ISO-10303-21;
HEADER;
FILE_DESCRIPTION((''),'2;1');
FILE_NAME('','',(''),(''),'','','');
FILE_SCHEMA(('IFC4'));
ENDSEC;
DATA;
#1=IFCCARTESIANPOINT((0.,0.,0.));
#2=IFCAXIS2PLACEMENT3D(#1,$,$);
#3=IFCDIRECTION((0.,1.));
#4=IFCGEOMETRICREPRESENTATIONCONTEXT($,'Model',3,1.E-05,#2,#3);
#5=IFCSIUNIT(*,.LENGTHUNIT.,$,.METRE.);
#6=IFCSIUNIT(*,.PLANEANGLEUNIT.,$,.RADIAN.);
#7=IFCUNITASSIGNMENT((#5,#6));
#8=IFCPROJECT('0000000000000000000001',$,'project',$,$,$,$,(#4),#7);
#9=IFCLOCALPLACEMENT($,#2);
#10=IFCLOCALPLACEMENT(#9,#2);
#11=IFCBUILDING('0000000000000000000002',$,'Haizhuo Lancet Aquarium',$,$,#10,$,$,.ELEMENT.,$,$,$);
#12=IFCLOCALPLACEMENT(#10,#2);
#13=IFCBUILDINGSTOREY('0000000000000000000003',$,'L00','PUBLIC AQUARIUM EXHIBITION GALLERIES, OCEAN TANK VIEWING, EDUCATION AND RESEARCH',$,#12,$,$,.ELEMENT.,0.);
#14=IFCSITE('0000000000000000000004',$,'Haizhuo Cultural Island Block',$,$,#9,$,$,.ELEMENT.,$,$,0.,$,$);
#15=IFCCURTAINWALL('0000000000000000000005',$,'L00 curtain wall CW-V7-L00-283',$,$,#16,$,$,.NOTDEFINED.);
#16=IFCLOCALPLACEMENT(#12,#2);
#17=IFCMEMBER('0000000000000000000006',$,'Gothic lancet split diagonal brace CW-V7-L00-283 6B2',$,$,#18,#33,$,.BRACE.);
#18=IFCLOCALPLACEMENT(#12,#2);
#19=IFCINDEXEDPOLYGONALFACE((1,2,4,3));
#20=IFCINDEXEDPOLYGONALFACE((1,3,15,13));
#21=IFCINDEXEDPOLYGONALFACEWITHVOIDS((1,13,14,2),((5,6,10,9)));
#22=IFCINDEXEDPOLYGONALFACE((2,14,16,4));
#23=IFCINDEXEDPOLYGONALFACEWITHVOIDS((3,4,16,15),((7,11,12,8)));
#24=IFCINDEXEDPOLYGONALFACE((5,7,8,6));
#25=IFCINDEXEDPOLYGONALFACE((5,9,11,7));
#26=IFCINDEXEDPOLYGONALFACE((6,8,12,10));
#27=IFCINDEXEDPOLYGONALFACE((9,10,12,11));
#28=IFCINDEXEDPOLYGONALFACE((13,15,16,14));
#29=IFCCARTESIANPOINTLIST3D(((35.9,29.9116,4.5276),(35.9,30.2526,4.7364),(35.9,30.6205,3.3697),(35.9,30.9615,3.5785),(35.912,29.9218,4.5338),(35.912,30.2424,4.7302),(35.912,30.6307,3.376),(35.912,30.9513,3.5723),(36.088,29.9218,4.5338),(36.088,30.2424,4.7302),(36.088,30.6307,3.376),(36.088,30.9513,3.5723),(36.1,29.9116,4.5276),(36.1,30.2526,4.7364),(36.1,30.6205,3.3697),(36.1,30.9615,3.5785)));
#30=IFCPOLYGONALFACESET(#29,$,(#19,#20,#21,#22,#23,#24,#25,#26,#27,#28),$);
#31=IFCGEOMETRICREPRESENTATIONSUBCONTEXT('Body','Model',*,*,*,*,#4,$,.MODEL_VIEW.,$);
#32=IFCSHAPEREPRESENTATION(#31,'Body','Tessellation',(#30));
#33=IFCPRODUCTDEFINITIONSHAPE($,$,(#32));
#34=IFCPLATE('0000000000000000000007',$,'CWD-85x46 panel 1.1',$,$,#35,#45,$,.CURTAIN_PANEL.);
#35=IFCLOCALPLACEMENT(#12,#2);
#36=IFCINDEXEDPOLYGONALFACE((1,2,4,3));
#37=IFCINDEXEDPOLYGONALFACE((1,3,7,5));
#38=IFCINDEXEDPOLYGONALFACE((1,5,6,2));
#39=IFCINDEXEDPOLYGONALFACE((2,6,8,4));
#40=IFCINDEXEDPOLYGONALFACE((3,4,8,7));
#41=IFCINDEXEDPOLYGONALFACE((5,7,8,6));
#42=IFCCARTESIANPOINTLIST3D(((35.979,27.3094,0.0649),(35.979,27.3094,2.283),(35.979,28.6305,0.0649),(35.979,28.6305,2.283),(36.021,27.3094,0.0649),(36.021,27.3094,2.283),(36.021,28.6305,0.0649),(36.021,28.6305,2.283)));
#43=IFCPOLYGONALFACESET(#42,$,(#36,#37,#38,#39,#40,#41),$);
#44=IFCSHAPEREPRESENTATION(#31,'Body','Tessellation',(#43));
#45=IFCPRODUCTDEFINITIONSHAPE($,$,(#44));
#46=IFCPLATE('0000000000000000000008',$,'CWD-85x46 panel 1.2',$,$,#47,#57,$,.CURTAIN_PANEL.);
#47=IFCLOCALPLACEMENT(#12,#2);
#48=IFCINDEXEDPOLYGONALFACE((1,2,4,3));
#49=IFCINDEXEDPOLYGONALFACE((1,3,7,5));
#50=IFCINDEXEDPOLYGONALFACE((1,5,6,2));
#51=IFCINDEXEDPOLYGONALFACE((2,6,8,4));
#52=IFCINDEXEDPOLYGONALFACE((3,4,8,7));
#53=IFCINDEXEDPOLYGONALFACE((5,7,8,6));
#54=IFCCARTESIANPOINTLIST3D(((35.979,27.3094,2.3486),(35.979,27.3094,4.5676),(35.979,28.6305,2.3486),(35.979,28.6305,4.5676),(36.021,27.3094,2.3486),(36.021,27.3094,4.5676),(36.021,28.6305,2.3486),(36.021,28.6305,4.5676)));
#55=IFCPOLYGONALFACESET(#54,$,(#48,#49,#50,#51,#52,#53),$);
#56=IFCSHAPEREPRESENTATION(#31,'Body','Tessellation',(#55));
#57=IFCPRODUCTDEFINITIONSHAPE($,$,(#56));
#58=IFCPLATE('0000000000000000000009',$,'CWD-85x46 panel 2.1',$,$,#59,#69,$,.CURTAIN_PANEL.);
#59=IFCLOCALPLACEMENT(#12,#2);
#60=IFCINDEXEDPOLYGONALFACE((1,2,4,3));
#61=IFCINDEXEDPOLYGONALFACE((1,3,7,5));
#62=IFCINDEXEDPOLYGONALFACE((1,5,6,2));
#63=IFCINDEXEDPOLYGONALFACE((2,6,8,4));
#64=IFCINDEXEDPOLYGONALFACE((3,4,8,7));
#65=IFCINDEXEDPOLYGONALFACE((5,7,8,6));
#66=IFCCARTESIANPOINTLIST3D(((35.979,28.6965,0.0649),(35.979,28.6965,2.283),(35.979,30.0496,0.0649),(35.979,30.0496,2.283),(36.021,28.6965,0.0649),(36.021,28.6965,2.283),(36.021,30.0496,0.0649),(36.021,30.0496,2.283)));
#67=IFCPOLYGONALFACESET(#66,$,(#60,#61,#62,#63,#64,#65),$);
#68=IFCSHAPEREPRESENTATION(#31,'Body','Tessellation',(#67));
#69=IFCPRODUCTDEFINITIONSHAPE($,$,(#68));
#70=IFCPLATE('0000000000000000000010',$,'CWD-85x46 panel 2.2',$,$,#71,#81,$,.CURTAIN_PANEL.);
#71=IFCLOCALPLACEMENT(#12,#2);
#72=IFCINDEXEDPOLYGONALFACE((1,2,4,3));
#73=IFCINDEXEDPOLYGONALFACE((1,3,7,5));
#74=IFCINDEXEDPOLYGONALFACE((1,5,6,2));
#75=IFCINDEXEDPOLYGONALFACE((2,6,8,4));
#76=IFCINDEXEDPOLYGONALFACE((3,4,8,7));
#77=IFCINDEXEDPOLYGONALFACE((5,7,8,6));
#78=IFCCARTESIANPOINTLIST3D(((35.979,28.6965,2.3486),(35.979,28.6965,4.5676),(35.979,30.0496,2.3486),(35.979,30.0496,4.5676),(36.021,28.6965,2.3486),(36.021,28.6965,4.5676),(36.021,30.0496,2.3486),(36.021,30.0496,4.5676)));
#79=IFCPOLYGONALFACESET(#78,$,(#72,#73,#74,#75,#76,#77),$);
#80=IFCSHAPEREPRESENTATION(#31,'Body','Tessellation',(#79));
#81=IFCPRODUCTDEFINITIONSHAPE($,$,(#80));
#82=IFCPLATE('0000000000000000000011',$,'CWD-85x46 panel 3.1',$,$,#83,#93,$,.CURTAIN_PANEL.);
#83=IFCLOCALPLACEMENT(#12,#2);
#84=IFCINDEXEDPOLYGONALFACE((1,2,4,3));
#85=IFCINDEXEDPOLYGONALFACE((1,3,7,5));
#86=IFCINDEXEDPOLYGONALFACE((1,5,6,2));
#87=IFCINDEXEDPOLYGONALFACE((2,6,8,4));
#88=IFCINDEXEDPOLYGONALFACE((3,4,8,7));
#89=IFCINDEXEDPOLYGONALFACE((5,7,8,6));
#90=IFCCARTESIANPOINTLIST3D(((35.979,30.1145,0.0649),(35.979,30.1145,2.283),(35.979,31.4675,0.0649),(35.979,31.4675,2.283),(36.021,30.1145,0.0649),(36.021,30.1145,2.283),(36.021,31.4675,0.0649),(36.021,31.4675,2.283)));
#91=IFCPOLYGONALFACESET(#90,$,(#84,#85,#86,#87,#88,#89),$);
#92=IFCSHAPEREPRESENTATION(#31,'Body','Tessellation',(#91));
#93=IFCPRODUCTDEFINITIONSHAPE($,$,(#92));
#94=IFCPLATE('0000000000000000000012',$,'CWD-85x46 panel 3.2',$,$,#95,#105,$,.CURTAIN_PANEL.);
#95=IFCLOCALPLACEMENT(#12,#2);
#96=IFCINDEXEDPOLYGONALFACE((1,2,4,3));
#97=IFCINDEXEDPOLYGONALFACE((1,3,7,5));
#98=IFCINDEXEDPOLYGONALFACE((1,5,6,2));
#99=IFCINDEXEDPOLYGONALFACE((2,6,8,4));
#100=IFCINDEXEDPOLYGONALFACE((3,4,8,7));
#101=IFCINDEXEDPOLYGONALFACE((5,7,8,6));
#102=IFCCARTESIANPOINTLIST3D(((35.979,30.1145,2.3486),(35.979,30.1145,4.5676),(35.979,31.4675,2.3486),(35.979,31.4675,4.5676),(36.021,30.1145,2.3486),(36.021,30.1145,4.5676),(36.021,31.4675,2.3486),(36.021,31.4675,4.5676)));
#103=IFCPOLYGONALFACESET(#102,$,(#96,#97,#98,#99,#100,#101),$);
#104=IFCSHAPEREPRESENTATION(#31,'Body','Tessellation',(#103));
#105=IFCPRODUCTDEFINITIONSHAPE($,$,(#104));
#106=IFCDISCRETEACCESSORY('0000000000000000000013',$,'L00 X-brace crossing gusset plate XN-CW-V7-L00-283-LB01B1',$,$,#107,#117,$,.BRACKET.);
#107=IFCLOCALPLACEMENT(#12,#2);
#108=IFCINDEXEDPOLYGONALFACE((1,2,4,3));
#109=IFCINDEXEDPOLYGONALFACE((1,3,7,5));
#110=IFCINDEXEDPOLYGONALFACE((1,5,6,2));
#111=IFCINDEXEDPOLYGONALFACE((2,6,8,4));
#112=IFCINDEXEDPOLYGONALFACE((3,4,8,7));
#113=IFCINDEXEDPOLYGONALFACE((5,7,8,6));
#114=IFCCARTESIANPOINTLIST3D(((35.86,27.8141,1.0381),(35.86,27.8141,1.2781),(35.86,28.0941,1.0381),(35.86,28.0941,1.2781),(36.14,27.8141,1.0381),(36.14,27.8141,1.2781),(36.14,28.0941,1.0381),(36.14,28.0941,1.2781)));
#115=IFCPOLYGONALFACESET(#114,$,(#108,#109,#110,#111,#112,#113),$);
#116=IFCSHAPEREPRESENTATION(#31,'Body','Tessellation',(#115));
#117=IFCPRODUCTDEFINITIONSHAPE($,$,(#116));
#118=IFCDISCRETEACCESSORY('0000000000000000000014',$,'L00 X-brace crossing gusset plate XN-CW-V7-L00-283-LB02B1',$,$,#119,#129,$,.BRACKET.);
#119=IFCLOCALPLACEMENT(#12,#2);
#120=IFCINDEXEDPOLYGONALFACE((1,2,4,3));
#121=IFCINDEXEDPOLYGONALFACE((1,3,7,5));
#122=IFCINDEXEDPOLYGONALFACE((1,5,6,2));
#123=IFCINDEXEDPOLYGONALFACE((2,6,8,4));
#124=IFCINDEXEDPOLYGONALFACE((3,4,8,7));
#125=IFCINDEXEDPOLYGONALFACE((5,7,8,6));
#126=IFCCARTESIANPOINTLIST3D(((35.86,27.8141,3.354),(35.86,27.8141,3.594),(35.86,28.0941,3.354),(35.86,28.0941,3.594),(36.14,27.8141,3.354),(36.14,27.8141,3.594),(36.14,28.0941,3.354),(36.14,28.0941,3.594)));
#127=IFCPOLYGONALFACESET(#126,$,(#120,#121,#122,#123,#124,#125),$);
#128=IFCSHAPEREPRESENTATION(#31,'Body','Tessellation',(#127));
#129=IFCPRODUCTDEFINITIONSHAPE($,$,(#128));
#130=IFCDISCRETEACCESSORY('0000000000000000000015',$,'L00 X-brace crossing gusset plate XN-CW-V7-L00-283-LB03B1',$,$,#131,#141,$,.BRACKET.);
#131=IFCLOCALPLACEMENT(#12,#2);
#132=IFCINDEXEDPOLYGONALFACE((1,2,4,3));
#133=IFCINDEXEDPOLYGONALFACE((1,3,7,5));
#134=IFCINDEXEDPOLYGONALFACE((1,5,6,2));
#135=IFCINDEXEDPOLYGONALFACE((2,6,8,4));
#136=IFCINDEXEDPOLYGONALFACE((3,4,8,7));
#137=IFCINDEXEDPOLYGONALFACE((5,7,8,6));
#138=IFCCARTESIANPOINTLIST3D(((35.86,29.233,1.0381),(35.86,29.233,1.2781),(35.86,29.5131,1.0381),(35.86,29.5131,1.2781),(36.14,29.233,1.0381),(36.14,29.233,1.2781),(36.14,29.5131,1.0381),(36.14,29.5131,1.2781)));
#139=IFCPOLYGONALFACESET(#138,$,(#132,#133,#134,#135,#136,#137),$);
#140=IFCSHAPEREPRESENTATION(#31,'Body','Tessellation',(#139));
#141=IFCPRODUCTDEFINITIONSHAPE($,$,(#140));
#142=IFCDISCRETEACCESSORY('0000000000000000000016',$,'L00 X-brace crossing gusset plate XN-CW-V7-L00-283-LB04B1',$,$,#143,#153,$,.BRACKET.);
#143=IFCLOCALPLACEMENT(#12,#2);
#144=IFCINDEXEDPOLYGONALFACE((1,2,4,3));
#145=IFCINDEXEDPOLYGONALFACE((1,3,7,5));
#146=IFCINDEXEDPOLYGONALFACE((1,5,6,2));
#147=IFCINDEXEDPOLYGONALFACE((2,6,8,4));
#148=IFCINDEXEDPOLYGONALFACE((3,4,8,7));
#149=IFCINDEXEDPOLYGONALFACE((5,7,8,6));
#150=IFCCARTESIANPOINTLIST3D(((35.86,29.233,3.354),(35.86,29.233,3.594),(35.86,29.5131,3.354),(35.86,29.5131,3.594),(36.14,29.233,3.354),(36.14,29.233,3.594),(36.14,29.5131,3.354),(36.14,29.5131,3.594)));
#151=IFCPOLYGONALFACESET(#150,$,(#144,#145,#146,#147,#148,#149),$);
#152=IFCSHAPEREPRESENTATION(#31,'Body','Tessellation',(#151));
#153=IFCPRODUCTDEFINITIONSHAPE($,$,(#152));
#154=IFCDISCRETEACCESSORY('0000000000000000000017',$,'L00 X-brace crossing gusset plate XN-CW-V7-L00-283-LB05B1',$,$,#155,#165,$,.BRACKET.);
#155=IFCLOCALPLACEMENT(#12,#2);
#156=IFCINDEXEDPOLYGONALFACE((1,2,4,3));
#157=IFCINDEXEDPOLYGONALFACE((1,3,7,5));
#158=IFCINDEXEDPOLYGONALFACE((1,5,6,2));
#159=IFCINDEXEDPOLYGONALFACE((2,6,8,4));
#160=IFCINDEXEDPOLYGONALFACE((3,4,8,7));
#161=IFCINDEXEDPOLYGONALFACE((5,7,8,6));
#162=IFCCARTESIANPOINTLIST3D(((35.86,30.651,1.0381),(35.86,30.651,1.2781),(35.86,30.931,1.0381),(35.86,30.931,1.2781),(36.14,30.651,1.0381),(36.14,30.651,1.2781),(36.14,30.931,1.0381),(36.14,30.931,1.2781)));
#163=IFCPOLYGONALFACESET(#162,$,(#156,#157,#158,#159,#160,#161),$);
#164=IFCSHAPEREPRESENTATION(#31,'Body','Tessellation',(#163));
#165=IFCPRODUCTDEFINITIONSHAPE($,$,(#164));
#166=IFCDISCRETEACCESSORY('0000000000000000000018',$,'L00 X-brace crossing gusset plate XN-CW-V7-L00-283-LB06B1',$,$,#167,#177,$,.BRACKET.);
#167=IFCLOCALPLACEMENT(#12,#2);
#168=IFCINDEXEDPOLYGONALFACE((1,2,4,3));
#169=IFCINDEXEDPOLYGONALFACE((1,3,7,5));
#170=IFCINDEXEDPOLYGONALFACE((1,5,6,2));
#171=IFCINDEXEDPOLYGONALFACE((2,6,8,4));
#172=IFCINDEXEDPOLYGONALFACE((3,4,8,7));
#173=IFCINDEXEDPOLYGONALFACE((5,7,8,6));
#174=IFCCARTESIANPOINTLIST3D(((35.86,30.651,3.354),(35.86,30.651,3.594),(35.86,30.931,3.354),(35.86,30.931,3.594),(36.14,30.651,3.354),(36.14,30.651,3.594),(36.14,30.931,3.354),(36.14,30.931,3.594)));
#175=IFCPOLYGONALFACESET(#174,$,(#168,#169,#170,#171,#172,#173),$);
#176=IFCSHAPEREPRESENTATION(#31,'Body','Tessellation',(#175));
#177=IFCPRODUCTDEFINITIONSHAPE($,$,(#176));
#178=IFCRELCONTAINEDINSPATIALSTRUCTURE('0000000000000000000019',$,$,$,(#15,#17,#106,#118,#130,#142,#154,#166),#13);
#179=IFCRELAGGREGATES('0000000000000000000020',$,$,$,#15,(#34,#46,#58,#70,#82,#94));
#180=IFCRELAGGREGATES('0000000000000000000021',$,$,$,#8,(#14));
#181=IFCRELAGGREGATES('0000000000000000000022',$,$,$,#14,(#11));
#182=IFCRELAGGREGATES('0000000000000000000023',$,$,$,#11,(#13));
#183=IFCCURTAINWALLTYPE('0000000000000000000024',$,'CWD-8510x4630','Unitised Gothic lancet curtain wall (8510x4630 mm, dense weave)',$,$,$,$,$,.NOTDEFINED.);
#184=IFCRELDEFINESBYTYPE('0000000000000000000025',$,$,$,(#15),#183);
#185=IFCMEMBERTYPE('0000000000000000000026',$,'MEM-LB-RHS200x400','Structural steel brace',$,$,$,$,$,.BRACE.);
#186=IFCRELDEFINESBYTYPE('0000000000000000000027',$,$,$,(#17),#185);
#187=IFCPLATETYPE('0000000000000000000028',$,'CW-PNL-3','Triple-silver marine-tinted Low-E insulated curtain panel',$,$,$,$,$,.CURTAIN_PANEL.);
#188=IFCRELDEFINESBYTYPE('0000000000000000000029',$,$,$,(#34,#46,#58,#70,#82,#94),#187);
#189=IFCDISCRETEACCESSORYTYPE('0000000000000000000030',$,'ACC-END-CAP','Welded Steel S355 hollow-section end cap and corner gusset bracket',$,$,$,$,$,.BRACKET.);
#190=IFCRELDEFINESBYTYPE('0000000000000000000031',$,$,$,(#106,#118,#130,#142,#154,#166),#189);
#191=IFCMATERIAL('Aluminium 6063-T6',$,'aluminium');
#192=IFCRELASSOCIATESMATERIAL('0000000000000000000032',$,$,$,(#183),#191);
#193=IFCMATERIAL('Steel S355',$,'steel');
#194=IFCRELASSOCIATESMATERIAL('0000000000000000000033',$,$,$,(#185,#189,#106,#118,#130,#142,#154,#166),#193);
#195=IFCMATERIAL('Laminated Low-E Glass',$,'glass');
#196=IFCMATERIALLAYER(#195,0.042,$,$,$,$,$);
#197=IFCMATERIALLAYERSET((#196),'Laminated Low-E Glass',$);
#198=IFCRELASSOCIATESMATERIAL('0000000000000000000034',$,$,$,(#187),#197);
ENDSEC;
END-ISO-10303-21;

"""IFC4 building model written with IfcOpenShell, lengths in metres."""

from ifc_helpers import new_model, si_unit, direction, frame, origin, origin_2d, place, context, subcontext, project, spatial, rectangle, hollow_rectangle, extrude, material, layer, layer_set, material_profile, profile_set, type_object, element, aggregate, save


model = new_model("IFC4")

# Units and contexts
model_context = context("Model", 3, precision=1e-05, world=origin(), true_north=direction((0.0, 1.0)))
body_context = subcontext(model_context, "Body", "Model", "MODEL_VIEW")
ifc_project = project(units=[si_unit("LENGTHUNIT", "METRE"), si_unit("PLANEANGLEUNIT", "RADIAN")], contexts=[model_context])

# Site, building, storey
site_placement = place(None, origin())
site = spatial("IfcSite", under=ifc_project, at=site_placement, Name="Haizhuo Cultural Island Block", CompositionType="ELEMENT", RefElevation=0.0)
building_placement = place(site_placement, origin())
building = spatial("IfcBuilding", under=site, at=building_placement, Name="Haizhuo Lancet Aquarium", CompositionType="ELEMENT")
storey_placement = place(building_placement, origin())
storey = spatial("IfcBuildingStorey", under=building, at=storey_placement, Name="L00", Description="PUBLIC AQUARIUM EXHIBITION GALLERIES, OCEAN TANK VIEWING, EDUCATION AND RESEARCH", CompositionType="ELEMENT", Elevation=0.0)

# Curtain wall
ifc_material_1 = material(Name="Aluminium 6063-T6", Category="aluminium")
curtain_wall_type = type_object("IfcCurtainWallType", Name="CWD-8510x4630", Description="Unitised Gothic lancet curtain wall (8510x4630 mm, dense weave)", PredefinedType="NOTDEFINED", material=ifc_material_1)
curtain_wall_placement = place(storey_placement, origin())
curtain_wall = element("IfcCurtainWall", 1, at=curtain_wall_placement, inside=storey, type_object=curtain_wall_type, Name="L00 curtain wall CW-V7-L00-283", PredefinedType="NOTDEFINED")

# Member
ifc_material_2 = material(Name="Steel S355", Category="steel")
ifc_material_profile_1 = material_profile(ifc_material_2, hollow_rectangle(XDim=0.2, YDim=0.3999, WallThickness=0.012, at=origin_2d()), Name="RHS 200x400x12")
ifc_profile_set_1 = profile_set([ifc_material_profile_1], Name="Steel S355")
member_type_1 = type_object("IfcMemberType", Name="MEM-LB-RHS200x400", Description="Structural steel brace", PredefinedType="BRACE", material=ifc_profile_set_1)
member_1_placement = place(storey_placement, frame((36.0, 30.791, 3.4741), z_axis=(0.0, -0.52217, 0.852841), x_axis=(1.0, 0.0, 0.0)))
element("IfcMember", 2, at=member_1_placement, inside=storey, type_object=member_type_1, Name="Gothic lancet split diagonal brace CW-V7-L00-283 6B2", PredefinedType="BRACE", context=body_context, shape_type="SweptSolid", body=[
    extrude(hollow_rectangle(XDim=0.2, YDim=0.3999, WallThickness=0.012, at=origin_2d()), origin(), (0.0, 0.0, 1.0), 1.3577),
])

# Plates
ifc_material_3 = material(Name="Laminated Low-E Glass", Category="glass")
ifc_layer = layer(ifc_material_3, 0.042)
ifc_layer_set = layer_set([ifc_layer], Name="Laminated Low-E Glass")
plate_type = type_object("IfcPlateType", Name="CW-PNL-3", Description="Triple-silver marine-tinted Low-E insulated curtain panel", PredefinedType="CURTAIN_PANEL", material=ifc_layer_set)
plate_1_placement = place(storey_placement, frame((36.0, 27.97, 0.0649), z_axis=(0.0, 0.0, 1.0), x_axis=(0.0, 1.0, 0.0)))
plate_1 = element("IfcPlate", 3, at=plate_1_placement, type_object=plate_type, Name="CWD-85x46 panel 1.1", PredefinedType="CURTAIN_PANEL", context=body_context, shape_type="SweptSolid", body=[
    extrude(rectangle(XDim=1.321, YDim=0.042, at=origin_2d()), origin(), (0.0, 0.0, 1.0), 2.218),
])
plate_2_placement = place(storey_placement, frame((36.0, 27.97, 2.3486), z_axis=(0.0, 0.0, 1.0), x_axis=(0.0, 1.0, 0.0)))
plate_2 = element("IfcPlate", 4, at=plate_2_placement, type_object=plate_type, Name="CWD-85x46 panel 1.2", PredefinedType="CURTAIN_PANEL", context=body_context, shape_type="SweptSolid", body=[
    extrude(rectangle(XDim=1.321, YDim=0.042, at=origin_2d()), origin(), (0.0, 0.0, 1.0), 2.219),
])
plate_3_placement = place(storey_placement, frame((36.0, 29.373, 0.0649), z_axis=(0.0, 0.0, 1.0), x_axis=(0.0, 1.0, 0.0)))
plate_3 = element("IfcPlate", 5, at=plate_3_placement, type_object=plate_type, Name="CWD-85x46 panel 2.1", PredefinedType="CURTAIN_PANEL", context=body_context, shape_type="SweptSolid", body=[
    extrude(rectangle(XDim=1.353, YDim=0.042, at=origin_2d()), origin(), (0.0, 0.0, 1.0), 2.218),
])
plate_4_placement = place(storey_placement, frame((36.0, 29.373, 2.3486), z_axis=(0.0, 0.0, 1.0), x_axis=(0.0, 1.0, 0.0)))
plate_4 = element("IfcPlate", 6, at=plate_4_placement, type_object=plate_type, Name="CWD-85x46 panel 2.2", PredefinedType="CURTAIN_PANEL", context=body_context, shape_type="SweptSolid", body=[
    extrude(rectangle(XDim=1.353, YDim=0.042, at=origin_2d()), origin(), (0.0, 0.0, 1.0), 2.219),
])
plate_5_placement = place(storey_placement, frame((36.0, 30.791, 0.0649), z_axis=(0.0, 0.0, 1.0), x_axis=(0.0, 1.0, 0.0)))
plate_5 = element("IfcPlate", 7, at=plate_5_placement, type_object=plate_type, Name="CWD-85x46 panel 3.1", PredefinedType="CURTAIN_PANEL", context=body_context, shape_type="SweptSolid", body=[
    extrude(rectangle(XDim=1.353, YDim=0.042, at=origin_2d()), origin(), (0.0, 0.0, 1.0), 2.218),
])
plate_6_placement = place(storey_placement, frame((36.0, 30.791, 2.3486), z_axis=(0.0, 0.0, 1.0), x_axis=(0.0, 1.0, 0.0)))
plate_6 = element("IfcPlate", 8, at=plate_6_placement, type_object=plate_type, Name="CWD-85x46 panel 3.2", PredefinedType="CURTAIN_PANEL", context=body_context, shape_type="SweptSolid", body=[
    extrude(rectangle(XDim=1.353, YDim=0.042, at=origin_2d()), origin(), (0.0, 0.0, 1.0), 2.219),
])
aggregate(curtain_wall, [plate_1, plate_2, plate_3, plate_4, plate_5, plate_6])

# Discrete accessories
discrete_accessory_type = type_object("IfcDiscreteAccessoryType", Name="ACC-END-CAP", Description="Welded Steel S355 hollow-section end cap and corner gusset bracket", PredefinedType="BRACKET", material=ifc_material_2)
for number, where, z_axis, x_axis, name in (
    (9, (36.0, 27.9541, 1.0381), (0.0, 0.0, 1.0), (1.0, 0.0, 0.0), "L00 X-brace crossing gusset plate XN-CW-V7-L00-283-LB01B1"),
    (10, (36.0, 27.9541, 3.354), (0.0, 0.0, 1.0), (1.0, 0.0, 0.0), "L00 X-brace crossing gusset plate XN-CW-V7-L00-283-LB02B1"),
    (11, (36.0, 29.373, 1.0381), (0.0, 0.0, 1.0), (1.0, 0.0, 0.0), "L00 X-brace crossing gusset plate XN-CW-V7-L00-283-LB03B1"),
    (12, (36.0, 29.373, 3.354), (0.0, 0.0, 1.0), (1.0, 0.0, 0.0), "L00 X-brace crossing gusset plate XN-CW-V7-L00-283-LB04B1"),
    (13, (36.0, 30.791, 1.0381), (0.0, 0.0, 1.0), (1.0, 0.0, 0.0), "L00 X-brace crossing gusset plate XN-CW-V7-L00-283-LB05B1"),
    (14, (36.0, 30.791, 3.354), (0.0, 0.0, 1.0), (1.0, 0.0, 0.0), "L00 X-brace crossing gusset plate XN-CW-V7-L00-283-LB06B1"),
):
    element("IfcDiscreteAccessory", number, at=place(storey_placement, frame(where, z_axis=z_axis, x_axis=x_axis)), inside=storey, type_object=discrete_accessory_type, material=ifc_material_2, Name=name, PredefinedType="BRACKET", context=body_context, shape_type="SweptSolid", body=[
        extrude(rectangle(XDim=0.28, YDim=0.28, at=origin_2d()), origin(), (0.0, 0.0, 1.0), 0.24),
    ])

save(model, "model.ifc")
